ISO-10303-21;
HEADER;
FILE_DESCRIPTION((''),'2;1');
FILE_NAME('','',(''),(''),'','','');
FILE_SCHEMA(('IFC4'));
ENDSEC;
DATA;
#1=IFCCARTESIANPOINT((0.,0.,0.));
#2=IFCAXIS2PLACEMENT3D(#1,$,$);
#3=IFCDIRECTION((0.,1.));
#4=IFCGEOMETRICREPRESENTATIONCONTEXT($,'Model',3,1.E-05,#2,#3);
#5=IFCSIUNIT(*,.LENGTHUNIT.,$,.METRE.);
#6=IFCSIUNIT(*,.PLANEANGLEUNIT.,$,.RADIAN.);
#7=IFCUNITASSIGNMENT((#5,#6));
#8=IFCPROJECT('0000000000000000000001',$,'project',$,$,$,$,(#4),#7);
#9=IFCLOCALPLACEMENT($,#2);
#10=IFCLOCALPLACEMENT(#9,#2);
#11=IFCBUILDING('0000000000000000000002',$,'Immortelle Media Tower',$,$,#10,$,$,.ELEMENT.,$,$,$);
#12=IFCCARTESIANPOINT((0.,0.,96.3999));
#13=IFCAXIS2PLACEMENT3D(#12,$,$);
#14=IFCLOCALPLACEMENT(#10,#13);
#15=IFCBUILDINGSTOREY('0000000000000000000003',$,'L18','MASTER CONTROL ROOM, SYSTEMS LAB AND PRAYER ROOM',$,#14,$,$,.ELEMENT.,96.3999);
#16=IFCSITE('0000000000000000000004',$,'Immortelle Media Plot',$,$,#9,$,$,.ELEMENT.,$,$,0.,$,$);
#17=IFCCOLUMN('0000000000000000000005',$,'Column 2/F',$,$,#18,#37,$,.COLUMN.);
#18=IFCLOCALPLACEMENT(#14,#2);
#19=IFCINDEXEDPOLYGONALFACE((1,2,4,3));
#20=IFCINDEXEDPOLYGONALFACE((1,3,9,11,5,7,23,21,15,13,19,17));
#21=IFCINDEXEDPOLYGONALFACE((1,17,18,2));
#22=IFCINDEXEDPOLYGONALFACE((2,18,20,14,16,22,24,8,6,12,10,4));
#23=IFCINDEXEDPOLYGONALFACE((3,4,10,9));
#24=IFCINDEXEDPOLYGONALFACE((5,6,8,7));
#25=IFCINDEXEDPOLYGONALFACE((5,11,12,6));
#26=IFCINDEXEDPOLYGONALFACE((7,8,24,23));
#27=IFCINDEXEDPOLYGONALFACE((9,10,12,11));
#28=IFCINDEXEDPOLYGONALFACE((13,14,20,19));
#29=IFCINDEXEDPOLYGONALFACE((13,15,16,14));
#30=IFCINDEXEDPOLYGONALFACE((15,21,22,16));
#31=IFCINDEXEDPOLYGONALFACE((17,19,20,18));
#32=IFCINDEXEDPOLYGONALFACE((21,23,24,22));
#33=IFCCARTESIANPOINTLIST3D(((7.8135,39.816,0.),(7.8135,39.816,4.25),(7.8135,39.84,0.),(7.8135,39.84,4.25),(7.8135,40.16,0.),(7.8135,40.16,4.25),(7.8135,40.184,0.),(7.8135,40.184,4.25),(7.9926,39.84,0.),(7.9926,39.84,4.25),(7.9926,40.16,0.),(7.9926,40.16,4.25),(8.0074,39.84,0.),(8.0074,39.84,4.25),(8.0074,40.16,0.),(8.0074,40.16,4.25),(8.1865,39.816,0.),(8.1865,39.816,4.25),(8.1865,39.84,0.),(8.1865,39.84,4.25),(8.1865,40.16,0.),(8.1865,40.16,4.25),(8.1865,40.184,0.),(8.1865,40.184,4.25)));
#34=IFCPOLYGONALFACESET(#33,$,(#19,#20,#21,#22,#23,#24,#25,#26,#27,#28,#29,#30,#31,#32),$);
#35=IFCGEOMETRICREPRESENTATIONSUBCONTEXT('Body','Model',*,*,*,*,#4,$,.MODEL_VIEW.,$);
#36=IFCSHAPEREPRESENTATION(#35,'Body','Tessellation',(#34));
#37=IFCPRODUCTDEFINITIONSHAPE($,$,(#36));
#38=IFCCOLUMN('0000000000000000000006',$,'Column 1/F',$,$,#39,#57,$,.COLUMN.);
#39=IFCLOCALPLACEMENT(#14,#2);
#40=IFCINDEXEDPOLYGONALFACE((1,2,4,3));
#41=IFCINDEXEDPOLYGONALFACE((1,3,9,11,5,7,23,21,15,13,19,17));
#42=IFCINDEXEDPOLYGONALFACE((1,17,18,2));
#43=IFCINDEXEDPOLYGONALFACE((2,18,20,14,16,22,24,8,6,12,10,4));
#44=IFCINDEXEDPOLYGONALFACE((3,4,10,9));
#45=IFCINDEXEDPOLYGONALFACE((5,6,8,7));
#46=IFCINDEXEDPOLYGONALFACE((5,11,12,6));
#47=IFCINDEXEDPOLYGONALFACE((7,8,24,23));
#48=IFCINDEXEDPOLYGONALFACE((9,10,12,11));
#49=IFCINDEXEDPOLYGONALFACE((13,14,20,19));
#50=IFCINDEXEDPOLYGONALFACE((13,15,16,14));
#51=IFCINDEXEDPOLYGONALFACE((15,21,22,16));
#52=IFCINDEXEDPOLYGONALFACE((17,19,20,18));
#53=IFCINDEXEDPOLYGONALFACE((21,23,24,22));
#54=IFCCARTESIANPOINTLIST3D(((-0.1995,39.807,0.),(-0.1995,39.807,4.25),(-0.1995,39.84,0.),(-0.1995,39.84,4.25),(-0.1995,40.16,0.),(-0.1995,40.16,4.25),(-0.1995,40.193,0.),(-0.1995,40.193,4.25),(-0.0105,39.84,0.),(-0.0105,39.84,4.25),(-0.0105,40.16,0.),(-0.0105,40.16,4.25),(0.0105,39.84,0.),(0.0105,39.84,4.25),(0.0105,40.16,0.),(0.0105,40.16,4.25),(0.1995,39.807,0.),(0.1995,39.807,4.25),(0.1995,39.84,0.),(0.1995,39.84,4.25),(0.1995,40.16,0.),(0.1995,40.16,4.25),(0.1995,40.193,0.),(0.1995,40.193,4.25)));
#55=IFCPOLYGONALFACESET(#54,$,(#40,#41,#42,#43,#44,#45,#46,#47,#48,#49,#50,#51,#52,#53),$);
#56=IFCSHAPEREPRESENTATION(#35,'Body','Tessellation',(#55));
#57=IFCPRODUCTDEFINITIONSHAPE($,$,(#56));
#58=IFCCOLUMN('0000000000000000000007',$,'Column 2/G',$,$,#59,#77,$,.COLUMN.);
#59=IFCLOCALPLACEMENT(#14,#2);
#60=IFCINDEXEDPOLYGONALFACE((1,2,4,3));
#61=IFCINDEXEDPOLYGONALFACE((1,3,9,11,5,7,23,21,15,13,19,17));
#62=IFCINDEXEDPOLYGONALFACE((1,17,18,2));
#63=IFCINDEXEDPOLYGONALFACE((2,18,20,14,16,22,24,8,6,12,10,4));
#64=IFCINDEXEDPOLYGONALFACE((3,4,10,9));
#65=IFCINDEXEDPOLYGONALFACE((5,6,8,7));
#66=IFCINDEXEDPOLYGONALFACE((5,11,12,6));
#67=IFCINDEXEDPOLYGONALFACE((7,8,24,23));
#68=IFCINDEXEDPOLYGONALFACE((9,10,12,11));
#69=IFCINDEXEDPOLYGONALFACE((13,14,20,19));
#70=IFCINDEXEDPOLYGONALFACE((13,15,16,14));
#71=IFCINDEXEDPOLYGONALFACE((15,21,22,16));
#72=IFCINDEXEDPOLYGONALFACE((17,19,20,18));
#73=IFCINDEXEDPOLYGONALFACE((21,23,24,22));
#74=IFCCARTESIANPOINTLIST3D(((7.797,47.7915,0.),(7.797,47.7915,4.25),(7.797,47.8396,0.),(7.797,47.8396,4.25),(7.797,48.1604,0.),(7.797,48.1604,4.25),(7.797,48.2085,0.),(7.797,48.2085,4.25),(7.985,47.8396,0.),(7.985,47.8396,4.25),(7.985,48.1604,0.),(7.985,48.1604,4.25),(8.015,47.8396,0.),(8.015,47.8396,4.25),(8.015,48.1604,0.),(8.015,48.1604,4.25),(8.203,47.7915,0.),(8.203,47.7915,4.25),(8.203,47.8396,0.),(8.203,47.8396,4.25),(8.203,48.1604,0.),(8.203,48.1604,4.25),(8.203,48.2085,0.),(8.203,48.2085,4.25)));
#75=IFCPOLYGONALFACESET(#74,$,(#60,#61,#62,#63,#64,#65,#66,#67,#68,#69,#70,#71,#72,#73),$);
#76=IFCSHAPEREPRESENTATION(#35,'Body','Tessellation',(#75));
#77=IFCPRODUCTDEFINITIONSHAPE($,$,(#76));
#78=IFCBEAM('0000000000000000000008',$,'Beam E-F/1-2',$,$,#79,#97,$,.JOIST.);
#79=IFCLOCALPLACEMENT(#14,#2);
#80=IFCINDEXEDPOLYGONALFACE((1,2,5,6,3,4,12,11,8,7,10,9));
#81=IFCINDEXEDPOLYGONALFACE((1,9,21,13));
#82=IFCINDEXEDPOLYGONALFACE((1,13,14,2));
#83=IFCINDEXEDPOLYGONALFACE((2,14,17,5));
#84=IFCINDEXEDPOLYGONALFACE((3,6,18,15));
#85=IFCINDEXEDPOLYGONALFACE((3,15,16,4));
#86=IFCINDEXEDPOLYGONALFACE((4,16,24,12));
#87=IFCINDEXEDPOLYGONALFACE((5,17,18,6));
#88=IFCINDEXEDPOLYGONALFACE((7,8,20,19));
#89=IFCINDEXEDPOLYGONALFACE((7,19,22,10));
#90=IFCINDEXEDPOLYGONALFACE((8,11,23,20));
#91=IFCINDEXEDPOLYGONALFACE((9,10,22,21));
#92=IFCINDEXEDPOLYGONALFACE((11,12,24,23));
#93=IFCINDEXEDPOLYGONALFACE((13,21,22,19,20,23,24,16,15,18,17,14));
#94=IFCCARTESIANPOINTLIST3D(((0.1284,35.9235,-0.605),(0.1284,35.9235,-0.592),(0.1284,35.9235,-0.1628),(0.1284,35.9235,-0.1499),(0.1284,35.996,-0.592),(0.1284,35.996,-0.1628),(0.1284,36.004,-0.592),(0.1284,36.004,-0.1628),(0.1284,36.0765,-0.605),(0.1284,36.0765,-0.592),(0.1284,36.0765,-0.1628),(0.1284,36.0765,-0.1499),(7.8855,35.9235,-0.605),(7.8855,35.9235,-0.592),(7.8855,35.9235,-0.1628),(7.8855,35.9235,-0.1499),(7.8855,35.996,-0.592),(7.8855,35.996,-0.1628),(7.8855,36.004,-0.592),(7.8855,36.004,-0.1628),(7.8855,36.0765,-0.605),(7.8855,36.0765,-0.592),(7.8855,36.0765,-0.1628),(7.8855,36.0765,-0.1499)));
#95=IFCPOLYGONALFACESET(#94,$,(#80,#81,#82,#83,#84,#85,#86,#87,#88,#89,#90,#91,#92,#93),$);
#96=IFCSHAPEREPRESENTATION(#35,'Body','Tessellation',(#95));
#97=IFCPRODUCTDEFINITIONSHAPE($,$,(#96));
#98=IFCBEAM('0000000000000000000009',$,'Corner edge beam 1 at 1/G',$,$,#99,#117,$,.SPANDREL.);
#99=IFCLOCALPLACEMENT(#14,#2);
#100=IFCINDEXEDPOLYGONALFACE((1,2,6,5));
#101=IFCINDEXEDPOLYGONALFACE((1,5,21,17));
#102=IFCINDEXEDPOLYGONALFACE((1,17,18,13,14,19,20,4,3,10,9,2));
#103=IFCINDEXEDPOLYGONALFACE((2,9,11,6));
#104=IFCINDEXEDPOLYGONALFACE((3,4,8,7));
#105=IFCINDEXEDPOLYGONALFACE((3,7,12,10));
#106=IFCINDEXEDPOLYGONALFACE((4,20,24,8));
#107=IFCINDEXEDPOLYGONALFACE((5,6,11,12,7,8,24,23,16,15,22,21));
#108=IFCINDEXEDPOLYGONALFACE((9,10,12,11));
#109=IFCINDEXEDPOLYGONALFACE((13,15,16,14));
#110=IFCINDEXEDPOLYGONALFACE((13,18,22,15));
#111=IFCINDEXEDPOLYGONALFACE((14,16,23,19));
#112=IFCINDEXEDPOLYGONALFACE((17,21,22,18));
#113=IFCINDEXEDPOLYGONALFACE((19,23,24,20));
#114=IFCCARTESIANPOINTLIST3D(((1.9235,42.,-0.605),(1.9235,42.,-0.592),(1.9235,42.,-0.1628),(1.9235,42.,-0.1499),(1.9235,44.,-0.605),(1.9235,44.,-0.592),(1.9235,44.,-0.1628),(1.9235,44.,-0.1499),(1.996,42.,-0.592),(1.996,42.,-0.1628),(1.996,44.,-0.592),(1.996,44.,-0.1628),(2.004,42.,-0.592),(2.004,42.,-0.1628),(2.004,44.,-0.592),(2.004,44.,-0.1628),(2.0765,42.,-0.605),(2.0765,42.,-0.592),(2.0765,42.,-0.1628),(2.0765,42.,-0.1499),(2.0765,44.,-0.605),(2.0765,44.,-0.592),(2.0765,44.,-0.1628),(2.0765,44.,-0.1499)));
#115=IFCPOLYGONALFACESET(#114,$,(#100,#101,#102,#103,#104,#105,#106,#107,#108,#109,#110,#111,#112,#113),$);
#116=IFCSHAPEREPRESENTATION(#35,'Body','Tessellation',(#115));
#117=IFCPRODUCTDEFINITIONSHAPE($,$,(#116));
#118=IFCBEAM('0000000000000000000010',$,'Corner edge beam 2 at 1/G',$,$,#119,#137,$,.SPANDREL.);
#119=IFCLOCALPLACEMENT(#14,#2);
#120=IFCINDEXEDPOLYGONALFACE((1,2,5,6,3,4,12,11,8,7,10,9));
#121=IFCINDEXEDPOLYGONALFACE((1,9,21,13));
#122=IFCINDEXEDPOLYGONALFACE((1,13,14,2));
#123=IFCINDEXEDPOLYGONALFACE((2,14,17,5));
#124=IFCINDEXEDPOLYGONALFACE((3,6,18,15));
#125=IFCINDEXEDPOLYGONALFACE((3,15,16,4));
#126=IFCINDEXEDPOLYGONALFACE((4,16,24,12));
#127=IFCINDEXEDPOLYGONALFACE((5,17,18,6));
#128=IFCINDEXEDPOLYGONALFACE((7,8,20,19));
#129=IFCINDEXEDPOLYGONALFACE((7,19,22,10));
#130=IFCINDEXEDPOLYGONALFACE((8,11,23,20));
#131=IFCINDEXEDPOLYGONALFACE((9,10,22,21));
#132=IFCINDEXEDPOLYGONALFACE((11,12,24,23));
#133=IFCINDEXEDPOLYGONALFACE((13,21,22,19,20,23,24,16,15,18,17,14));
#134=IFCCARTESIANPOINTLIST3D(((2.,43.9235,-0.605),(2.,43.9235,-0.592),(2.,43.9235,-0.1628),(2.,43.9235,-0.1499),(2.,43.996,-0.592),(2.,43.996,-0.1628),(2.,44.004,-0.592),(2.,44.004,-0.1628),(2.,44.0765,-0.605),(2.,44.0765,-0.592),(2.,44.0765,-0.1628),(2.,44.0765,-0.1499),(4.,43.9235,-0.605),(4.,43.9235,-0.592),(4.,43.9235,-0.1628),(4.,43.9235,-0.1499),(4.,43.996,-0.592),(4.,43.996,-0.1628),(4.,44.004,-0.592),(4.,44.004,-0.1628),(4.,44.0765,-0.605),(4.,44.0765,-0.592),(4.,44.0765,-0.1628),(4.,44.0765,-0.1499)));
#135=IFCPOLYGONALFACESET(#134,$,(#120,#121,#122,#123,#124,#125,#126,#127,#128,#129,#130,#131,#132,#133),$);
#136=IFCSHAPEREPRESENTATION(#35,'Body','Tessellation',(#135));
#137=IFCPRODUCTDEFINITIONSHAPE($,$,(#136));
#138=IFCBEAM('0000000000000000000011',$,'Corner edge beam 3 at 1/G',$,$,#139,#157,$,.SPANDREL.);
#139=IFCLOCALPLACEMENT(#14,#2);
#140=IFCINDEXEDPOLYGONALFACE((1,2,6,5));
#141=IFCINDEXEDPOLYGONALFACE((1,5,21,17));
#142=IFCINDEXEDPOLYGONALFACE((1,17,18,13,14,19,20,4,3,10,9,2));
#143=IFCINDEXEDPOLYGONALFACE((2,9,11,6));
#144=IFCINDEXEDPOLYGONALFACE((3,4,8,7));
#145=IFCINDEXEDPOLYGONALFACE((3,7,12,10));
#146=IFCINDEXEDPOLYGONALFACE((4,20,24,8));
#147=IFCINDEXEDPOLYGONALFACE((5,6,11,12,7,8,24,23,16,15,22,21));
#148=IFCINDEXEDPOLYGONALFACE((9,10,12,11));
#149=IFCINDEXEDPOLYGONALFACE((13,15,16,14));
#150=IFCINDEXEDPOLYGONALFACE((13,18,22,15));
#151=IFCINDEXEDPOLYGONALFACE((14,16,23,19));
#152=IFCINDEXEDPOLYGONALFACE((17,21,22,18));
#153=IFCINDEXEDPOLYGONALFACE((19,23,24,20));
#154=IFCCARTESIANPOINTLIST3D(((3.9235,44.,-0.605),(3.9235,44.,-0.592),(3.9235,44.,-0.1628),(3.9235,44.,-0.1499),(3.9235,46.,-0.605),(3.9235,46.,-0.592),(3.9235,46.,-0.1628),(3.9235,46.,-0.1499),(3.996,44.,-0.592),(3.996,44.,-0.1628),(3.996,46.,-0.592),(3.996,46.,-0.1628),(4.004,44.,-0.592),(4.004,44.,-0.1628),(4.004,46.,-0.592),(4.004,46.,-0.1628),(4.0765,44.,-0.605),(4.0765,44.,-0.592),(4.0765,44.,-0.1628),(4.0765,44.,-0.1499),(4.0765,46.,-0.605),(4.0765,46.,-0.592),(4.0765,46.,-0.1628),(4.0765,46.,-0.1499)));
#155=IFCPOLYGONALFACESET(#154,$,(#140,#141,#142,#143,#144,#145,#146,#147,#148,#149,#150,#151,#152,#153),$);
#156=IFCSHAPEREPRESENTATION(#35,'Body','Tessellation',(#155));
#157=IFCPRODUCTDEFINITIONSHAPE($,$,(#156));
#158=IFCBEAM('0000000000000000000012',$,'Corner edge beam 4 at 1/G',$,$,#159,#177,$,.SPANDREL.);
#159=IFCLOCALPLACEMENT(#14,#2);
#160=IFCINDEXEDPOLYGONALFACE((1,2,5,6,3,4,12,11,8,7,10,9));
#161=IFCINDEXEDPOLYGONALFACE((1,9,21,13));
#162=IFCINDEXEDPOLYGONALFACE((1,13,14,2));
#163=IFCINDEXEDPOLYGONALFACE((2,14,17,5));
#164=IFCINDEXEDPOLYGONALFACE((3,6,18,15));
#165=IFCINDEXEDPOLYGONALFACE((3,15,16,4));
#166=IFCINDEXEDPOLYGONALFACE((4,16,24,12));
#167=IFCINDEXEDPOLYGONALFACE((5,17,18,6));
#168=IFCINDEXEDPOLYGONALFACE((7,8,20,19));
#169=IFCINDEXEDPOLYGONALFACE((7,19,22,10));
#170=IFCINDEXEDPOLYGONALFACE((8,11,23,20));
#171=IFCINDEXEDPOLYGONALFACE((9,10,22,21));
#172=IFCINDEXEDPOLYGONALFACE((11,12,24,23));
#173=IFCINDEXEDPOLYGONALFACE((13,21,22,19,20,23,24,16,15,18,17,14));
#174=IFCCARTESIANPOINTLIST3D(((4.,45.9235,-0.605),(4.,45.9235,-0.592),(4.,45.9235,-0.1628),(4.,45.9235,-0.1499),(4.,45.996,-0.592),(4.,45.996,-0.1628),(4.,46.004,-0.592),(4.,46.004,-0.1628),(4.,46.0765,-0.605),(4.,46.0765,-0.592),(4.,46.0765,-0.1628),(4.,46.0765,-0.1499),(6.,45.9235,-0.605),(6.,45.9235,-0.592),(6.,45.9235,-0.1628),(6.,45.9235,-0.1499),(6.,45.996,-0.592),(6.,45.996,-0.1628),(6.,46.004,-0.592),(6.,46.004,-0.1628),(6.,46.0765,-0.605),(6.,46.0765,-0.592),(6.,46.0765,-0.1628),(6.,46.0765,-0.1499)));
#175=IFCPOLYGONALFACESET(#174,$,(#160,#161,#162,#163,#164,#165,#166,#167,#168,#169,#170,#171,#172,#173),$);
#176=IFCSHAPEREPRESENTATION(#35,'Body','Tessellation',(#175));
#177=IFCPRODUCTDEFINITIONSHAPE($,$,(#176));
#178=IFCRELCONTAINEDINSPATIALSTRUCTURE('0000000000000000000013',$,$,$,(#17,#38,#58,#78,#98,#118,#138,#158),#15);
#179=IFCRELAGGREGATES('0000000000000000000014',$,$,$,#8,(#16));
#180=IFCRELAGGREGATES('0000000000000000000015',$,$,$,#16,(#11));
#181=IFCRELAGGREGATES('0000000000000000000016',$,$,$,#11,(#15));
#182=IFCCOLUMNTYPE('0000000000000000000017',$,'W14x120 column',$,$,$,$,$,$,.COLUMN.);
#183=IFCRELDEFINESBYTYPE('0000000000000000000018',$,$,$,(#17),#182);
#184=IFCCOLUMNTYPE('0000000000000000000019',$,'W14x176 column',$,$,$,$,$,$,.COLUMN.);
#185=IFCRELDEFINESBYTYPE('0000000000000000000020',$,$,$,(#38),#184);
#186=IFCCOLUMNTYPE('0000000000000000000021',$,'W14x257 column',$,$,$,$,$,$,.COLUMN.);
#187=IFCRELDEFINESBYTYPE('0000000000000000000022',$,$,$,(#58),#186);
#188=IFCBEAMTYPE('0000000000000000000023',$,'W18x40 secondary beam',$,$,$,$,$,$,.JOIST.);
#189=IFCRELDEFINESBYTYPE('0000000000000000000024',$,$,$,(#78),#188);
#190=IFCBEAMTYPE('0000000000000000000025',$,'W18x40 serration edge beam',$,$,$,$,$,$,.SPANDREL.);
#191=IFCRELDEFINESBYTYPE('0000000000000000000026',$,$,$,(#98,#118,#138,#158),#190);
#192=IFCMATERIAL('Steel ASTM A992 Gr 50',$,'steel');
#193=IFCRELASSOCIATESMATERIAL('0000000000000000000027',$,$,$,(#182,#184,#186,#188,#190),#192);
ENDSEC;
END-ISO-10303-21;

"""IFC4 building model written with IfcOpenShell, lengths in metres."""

from ifc_helpers import new_model, si_unit, direction, frame, origin, origin_2d, place, context, subcontext, project, spatial, i_section, extrude, material, material_profile, profile_set, type_object, element, save


model = new_model("IFC4")

# Units and contexts
model_context = context("Model", 3, precision=1e-05, world=origin(), true_north=direction((0.0, 1.0)))
body_context = subcontext(model_context, "Body", "Model", "MODEL_VIEW")
ifc_project = project(units=[si_unit("LENGTHUNIT", "METRE"), si_unit("PLANEANGLEUNIT", "RADIAN")], contexts=[model_context])

# Site, building, storey
site_placement = place(None, origin())
site = spatial("IfcSite", under=ifc_project, at=site_placement, Name="Immortelle Media Plot", CompositionType="ELEMENT", RefElevation=0.0)
building_placement = place(site_placement, origin())
building = spatial("IfcBuilding", under=site, at=building_placement, Name="Immortelle Media Tower", CompositionType="ELEMENT")
storey_placement = place(building_placement, frame((0.0, 0.0, 96.3999)))
storey = spatial("IfcBuildingStorey", under=building, at=storey_placement, Name="L18", Description="MASTER CONTROL ROOM, SYSTEMS LAB AND PRAYER ROOM", CompositionType="ELEMENT", Elevation=96.3999)

# Columns
ifc_material_1 = material(Name="Steel ASTM A992 Gr 50", Category="steel")
ifc_material_profile_1 = material_profile(ifc_material_1, i_section(OverallWidth=0.373, OverallDepth=0.3679, WebThickness=0.0149, FlangeThickness=0.0239, at=origin_2d()), Name="W14x120")
ifc_profile_set_1 = profile_set([ifc_material_profile_1], Name="Steel ASTM A992 Gr 50")
column_type_1 = type_object("IfcColumnType", Name="W14x120 column", PredefinedType="COLUMN", material=ifc_profile_set_1)
column_1_placement = place(storey_placement, frame((8.0, 40.0, 0.0), z_axis=(0.0, 0.0, 1.0), x_axis=(1.0, 0.0, 0.0)))
element("IfcColumn", 1, at=column_1_placement, inside=storey, type_object=column_type_1, Name="Column 2/F", PredefinedType="COLUMN", context=body_context, shape_type="SweptSolid", body=[
    extrude(i_section(OverallWidth=0.373, OverallDepth=0.3679, WebThickness=0.0149, FlangeThickness=0.0239, at=origin_2d()), origin(), (0.0, 0.0, 1.0), 4.25),
])
ifc_material_profile_2 = material_profile(ifc_material_1, i_section(OverallWidth=0.3989, OverallDepth=0.386, WebThickness=0.021, FlangeThickness=0.033, at=origin_2d()), Name="W14x176")
ifc_profile_set_2 = profile_set([ifc_material_profile_2], Name="Steel ASTM A992 Gr 50")
column_type_2 = type_object("IfcColumnType", Name="W14x176 column", PredefinedType="COLUMN", material=ifc_profile_set_2)
column_2_placement = place(storey_placement, frame((0.0, 40.0, 0.0), z_axis=(0.0, 0.0, 1.0), x_axis=(1.0, 0.0, 0.0)))
element("IfcColumn", 2, at=column_2_placement, inside=storey, type_object=column_type_2, Name="Column 1/F", PredefinedType="COLUMN", context=body_context, shape_type="SweptSolid", body=[
    extrude(i_section(OverallWidth=0.3989, OverallDepth=0.386, WebThickness=0.021, FlangeThickness=0.033, at=origin_2d()), origin(), (0.0, 0.0, 1.0), 4.25),
])
ifc_material_profile_3 = material_profile(ifc_material_1, i_section(OverallWidth=0.406, OverallDepth=0.417, WebThickness=0.03, FlangeThickness=0.0481, at=origin_2d()), Name="W14x257")
ifc_profile_set_3 = profile_set([ifc_material_profile_3], Name="Steel ASTM A992 Gr 50")
column_type_3 = type_object("IfcColumnType", Name="W14x257 column", PredefinedType="COLUMN", material=ifc_profile_set_3)
column_3_placement = place(storey_placement, frame((8.0, 48.0, 0.0), z_axis=(0.0, 0.0, 1.0), x_axis=(1.0, 0.0, 0.0)))
element("IfcColumn", 3, at=column_3_placement, inside=storey, type_object=column_type_3, Name="Column 2/G", PredefinedType="COLUMN", context=body_context, shape_type="SweptSolid", body=[
    extrude(i_section(OverallWidth=0.406, OverallDepth=0.417, WebThickness=0.03, FlangeThickness=0.0481, at=origin_2d()), origin(), (0.0, 0.0, 1.0), 4.25),
])

# Beams
ifc_material_profile_4 = material_profile(ifc_material_1, i_section(OverallWidth=0.1531, OverallDepth=0.4551, WebThickness=0.0081, FlangeThickness=0.0129, at=origin_2d()), Name="W18x40")
ifc_profile_set_4 = profile_set([ifc_material_profile_4], Name="Steel ASTM A992 Gr 50")
beam_type_1 = type_object("IfcBeamType", Name="W18x40 secondary beam", PredefinedType="JOIST", material=ifc_profile_set_4)
beam_1_placement = place(storey_placement, frame((0.1284, 36.0, -0.3774), z_axis=(1.0, 0.0, 0.0), x_axis=(0.0, 1.0, 0.0)))
element("IfcBeam", 4, at=beam_1_placement, inside=storey, type_object=beam_type_1, Name="Beam E-F/1-2", PredefinedType="JOIST", context=body_context, shape_type="SweptSolid", body=[
    extrude(i_section(OverallWidth=0.1531, OverallDepth=0.4551, WebThickness=0.0081, FlangeThickness=0.0129, at=origin_2d()), origin(), (0.0, 0.0, 1.0), 7.7571),
])
ifc_material_profile_5 = material_profile(ifc_material_1, i_section(OverallWidth=0.1531, OverallDepth=0.4551, WebThickness=0.0081, FlangeThickness=0.0129, at=origin_2d()), Name="W18x40")
ifc_profile_set_5 = profile_set([ifc_material_profile_5], Name="Steel ASTM A992 Gr 50")
beam_type_2 = type_object("IfcBeamType", Name="W18x40 serration edge beam", PredefinedType="SPANDREL", material=ifc_profile_set_5)
for number, where, z_axis, x_axis, name in (
    (5, (2.0, 42.0, -0.3774), (0.0, 1.0, 0.0), (-1.0, 0.0, 0.0), "Corner edge beam 1 at 1/G"),
    (6, (2.0, 44.0, -0.3774), (1.0, 0.0, 0.0), (0.0, 1.0, 0.0), "Corner edge beam 2 at 1/G"),
    (7, (4.0, 44.0, -0.3774), (0.0, 1.0, 0.0), (-1.0, 0.0, 0.0), "Corner edge beam 3 at 1/G"),
    (8, (4.0, 46.0, -0.3774), (1.0, 0.0, 0.0), (0.0, 1.0, 0.0), "Corner edge beam 4 at 1/G"),
):
    element("IfcBeam", number, at=place(storey_placement, frame(where, z_axis=z_axis, x_axis=x_axis)), inside=storey, type_object=beam_type_2, Name=name, PredefinedType="SPANDREL", context=body_context, shape_type="SweptSolid", body=[
        extrude(i_section(OverallWidth=0.1531, OverallDepth=0.4551, WebThickness=0.0081, FlangeThickness=0.0129, at=origin_2d()), origin(), (0.0, 0.0, 1.0), 2.0),
    ])

save(model, "model.ifc")
